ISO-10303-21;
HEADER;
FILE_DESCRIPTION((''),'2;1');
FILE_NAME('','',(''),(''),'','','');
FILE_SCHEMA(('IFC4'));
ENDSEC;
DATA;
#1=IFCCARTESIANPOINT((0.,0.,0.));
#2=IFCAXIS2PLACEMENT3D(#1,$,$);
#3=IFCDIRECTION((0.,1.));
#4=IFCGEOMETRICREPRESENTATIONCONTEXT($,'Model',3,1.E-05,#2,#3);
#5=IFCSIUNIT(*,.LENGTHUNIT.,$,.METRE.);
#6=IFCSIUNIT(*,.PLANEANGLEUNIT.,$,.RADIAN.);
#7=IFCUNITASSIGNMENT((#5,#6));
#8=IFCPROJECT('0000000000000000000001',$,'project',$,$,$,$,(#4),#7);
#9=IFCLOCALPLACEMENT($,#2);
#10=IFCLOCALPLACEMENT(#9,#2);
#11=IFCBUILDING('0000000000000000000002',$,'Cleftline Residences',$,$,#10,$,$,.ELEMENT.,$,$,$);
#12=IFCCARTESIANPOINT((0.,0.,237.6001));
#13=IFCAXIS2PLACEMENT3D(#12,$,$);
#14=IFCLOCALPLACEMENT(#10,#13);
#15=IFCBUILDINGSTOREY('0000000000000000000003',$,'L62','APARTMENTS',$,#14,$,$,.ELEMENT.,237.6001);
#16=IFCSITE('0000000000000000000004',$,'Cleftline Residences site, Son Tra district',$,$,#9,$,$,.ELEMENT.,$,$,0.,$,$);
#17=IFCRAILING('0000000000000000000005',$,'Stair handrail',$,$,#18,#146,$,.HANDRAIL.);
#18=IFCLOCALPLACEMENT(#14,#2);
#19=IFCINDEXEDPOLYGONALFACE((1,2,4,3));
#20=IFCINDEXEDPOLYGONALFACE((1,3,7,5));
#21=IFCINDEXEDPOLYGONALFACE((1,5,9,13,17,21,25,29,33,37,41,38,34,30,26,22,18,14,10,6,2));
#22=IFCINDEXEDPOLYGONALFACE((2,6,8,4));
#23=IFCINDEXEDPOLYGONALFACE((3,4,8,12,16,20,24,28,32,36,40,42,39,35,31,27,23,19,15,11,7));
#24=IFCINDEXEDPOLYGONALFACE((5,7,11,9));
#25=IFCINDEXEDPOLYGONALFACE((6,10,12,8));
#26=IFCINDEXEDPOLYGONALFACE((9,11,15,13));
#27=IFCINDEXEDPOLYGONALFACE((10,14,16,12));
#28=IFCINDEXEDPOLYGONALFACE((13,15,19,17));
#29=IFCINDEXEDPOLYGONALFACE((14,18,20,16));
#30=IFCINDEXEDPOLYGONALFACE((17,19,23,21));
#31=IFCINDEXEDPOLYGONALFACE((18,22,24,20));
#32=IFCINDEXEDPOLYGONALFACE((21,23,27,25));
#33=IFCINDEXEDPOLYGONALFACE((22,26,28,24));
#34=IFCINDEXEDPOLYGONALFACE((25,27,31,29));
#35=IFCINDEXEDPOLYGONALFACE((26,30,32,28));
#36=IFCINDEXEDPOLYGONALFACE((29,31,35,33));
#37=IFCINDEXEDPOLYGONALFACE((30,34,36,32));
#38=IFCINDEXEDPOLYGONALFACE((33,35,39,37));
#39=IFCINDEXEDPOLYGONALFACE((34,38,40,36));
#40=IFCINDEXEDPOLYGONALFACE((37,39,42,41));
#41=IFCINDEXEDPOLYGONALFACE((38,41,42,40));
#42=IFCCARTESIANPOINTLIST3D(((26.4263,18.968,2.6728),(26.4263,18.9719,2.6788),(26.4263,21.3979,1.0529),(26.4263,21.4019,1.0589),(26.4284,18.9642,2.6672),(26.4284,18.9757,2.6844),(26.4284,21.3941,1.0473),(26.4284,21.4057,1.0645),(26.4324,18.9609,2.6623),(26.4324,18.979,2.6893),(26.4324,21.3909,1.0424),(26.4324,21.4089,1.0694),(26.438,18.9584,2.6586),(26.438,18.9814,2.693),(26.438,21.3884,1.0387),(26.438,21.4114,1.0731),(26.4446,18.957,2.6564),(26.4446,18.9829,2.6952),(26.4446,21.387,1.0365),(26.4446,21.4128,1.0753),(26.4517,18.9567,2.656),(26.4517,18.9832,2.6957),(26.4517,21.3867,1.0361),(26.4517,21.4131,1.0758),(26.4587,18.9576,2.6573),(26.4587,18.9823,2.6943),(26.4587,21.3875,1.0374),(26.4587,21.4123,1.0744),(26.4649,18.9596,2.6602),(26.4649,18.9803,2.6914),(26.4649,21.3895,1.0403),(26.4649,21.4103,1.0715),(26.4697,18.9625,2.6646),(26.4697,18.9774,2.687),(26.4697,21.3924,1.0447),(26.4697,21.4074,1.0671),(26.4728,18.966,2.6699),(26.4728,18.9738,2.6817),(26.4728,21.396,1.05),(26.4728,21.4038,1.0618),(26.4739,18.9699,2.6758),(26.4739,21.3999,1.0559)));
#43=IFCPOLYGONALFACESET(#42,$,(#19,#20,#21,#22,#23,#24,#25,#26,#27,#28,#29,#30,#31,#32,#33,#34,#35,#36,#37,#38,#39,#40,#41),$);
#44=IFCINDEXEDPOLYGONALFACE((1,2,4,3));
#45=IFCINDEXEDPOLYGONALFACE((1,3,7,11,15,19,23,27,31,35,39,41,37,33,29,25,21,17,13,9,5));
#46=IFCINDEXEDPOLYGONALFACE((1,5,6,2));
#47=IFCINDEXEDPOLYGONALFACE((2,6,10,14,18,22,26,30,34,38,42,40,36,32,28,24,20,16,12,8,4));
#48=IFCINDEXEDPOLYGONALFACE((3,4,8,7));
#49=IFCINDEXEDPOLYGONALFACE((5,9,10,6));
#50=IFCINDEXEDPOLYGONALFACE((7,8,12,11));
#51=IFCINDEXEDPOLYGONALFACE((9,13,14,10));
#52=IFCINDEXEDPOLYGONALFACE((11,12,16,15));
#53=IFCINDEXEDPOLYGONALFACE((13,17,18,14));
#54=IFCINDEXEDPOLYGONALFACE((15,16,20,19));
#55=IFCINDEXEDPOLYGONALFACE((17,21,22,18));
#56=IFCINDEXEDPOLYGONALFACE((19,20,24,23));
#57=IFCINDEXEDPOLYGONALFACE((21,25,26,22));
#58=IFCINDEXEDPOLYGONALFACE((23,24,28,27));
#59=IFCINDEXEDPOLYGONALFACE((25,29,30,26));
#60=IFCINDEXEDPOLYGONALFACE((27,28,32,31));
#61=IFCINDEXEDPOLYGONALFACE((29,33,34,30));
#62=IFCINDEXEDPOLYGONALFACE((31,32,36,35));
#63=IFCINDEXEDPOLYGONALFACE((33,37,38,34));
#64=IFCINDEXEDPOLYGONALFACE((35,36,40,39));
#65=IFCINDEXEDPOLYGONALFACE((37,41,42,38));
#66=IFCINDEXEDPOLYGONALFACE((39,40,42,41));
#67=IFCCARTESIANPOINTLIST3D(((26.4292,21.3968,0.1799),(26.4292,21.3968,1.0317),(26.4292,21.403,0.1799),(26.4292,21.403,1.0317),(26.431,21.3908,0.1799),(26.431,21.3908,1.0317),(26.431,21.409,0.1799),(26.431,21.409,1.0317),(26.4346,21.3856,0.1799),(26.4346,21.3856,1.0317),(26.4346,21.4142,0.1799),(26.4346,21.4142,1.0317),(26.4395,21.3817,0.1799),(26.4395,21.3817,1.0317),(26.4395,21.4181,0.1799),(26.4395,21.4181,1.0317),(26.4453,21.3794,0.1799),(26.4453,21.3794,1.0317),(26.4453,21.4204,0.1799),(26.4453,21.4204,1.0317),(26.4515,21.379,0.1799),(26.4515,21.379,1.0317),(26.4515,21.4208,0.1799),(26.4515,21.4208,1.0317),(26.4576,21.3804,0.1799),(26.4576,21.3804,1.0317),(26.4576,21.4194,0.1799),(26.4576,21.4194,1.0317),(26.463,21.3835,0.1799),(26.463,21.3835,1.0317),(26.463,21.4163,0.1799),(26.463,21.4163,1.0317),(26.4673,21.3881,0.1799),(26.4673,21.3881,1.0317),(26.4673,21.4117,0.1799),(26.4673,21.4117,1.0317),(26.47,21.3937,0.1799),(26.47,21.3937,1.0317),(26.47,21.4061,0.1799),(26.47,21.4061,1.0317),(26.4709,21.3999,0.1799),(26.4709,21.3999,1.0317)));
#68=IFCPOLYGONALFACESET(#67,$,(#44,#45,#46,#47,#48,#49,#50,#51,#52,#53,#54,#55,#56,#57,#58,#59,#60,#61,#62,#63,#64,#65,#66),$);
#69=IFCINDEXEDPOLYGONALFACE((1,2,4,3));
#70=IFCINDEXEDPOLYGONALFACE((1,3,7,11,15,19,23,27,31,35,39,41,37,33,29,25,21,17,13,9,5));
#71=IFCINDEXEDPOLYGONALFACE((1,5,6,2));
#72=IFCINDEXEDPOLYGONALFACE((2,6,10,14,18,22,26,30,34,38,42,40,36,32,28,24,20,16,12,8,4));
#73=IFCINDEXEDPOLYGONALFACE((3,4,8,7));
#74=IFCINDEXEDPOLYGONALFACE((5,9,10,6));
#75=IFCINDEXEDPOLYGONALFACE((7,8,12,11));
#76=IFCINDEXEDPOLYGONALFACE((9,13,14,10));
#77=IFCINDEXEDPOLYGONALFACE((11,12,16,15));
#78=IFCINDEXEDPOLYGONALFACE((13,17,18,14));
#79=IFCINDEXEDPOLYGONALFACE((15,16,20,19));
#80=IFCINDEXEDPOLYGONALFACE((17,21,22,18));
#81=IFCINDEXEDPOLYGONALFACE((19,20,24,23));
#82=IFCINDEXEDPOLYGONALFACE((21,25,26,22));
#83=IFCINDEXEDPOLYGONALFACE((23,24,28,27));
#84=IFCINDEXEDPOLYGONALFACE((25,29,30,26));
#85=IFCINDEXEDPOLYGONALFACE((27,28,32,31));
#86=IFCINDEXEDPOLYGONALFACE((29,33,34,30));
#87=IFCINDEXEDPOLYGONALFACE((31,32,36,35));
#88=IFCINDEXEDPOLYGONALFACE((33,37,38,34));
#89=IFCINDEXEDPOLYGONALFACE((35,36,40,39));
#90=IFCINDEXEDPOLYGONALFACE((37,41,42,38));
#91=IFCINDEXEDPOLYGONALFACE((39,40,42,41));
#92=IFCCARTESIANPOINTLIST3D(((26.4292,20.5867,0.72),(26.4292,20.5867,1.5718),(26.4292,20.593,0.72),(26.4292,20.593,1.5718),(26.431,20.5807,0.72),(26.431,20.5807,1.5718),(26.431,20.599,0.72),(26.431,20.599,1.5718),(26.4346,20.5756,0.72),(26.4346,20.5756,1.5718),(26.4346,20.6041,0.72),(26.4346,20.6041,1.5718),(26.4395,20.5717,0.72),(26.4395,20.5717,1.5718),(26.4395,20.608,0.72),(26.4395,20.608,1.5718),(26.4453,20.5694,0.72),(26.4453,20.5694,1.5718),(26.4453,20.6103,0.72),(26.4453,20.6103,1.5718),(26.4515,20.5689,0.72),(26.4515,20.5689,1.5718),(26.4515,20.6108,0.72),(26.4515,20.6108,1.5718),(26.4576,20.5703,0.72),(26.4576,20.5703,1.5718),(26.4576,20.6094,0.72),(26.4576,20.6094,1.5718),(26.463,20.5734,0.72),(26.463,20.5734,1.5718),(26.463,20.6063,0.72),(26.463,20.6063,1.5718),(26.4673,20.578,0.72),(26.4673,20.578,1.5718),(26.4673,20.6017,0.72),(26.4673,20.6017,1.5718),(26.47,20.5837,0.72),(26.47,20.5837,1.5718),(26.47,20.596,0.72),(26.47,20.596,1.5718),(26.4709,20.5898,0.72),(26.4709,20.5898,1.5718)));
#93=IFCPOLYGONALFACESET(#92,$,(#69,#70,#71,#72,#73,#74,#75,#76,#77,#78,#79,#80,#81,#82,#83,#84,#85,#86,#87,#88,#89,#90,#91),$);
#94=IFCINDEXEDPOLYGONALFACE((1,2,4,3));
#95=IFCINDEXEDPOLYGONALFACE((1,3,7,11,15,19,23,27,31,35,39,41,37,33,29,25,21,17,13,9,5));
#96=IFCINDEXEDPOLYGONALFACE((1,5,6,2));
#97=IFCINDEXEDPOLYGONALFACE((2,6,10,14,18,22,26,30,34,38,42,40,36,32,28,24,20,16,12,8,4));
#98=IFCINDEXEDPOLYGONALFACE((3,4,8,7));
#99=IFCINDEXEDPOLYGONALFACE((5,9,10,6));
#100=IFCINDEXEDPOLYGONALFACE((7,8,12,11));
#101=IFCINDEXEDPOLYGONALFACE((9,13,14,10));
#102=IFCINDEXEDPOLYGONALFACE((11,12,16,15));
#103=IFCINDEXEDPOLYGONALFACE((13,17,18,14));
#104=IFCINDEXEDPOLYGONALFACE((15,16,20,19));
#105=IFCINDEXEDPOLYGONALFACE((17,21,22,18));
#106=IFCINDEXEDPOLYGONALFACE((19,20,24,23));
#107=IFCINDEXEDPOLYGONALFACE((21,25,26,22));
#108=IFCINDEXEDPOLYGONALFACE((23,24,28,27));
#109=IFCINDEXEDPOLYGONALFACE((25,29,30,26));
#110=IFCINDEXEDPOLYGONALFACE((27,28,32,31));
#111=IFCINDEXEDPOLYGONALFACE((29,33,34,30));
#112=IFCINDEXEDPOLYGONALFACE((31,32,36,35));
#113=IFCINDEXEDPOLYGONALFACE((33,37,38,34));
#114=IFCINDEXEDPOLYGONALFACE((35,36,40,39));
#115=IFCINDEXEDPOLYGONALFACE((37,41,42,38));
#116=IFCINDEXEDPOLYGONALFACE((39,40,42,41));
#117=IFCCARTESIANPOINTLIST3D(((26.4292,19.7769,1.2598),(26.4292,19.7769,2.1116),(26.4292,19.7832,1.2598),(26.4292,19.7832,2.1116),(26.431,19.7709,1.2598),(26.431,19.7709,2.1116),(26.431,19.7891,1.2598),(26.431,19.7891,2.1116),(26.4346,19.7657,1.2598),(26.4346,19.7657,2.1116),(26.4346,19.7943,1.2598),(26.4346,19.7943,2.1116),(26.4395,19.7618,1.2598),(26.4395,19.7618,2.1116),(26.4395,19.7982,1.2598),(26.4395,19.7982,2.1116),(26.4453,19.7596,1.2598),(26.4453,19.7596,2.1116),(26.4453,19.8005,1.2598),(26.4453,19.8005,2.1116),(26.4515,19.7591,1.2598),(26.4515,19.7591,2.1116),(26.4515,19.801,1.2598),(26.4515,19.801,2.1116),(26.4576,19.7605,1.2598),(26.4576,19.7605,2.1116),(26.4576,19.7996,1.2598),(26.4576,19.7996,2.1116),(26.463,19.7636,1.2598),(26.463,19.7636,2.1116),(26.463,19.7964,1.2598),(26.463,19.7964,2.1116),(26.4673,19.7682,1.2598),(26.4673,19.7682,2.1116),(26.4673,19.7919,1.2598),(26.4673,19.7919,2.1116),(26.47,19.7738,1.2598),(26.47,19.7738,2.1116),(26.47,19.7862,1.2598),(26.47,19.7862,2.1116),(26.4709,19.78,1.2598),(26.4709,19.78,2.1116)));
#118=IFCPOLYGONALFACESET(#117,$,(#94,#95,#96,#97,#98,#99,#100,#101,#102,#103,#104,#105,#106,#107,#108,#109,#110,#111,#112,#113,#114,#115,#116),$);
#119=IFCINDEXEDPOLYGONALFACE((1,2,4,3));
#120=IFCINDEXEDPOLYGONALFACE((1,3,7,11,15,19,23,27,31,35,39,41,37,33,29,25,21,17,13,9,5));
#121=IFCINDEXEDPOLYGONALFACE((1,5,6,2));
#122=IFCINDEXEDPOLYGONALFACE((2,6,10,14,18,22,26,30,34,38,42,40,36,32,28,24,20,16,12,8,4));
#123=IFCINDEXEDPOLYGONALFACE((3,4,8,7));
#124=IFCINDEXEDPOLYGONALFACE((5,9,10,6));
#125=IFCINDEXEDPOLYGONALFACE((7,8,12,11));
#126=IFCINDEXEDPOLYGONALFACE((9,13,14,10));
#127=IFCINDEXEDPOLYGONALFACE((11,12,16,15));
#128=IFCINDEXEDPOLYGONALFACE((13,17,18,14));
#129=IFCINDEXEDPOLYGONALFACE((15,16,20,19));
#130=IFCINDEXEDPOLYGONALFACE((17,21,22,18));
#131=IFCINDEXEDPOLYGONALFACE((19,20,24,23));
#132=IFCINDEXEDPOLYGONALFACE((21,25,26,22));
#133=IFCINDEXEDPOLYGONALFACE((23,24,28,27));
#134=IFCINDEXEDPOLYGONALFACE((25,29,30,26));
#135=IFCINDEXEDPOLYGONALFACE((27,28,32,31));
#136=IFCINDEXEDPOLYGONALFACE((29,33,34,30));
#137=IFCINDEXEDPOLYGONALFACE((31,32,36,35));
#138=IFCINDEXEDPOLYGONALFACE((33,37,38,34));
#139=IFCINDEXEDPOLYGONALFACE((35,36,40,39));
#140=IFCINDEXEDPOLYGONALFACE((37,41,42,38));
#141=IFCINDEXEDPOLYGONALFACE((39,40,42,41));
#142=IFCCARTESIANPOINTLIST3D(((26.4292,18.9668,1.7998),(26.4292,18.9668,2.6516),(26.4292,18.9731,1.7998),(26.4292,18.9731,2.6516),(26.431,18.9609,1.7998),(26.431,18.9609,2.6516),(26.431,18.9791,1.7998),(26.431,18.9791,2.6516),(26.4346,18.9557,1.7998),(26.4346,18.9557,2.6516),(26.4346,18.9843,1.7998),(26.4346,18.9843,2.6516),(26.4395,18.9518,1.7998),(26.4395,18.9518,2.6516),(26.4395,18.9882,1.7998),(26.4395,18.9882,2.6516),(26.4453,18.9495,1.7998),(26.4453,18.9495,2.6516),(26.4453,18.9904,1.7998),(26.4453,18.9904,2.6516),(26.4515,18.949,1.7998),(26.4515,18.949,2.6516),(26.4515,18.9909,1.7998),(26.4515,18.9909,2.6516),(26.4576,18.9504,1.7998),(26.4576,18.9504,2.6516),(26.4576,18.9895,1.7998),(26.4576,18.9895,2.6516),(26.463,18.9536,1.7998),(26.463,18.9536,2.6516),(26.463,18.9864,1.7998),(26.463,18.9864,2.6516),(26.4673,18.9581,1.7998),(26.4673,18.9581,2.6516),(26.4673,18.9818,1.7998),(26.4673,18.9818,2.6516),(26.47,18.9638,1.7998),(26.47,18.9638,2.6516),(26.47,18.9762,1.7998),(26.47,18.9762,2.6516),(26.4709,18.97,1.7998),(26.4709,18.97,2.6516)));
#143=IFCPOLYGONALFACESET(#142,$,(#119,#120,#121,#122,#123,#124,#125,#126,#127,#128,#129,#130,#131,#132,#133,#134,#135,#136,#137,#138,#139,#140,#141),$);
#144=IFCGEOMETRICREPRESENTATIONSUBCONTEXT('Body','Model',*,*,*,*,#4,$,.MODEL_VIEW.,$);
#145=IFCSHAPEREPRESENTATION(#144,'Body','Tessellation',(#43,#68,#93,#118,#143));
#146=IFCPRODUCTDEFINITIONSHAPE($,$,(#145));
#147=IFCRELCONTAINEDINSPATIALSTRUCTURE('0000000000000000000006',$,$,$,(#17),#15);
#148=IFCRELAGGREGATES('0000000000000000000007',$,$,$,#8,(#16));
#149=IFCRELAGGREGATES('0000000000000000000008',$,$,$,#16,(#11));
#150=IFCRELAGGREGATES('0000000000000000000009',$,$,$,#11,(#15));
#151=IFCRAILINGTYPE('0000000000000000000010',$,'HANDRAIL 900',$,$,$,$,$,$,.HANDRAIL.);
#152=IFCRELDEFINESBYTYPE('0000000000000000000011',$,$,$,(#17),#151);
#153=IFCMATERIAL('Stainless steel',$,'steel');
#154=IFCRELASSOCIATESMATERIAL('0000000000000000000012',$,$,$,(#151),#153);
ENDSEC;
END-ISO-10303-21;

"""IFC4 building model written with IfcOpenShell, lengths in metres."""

from ifc_helpers import new_model, si_unit, direction, frame, origin, origin_2d, place, context, subcontext, project, spatial, circle, extrude, material, type_object, element, save


model = new_model("IFC4")

# Units and contexts
model_context = context("Model", 3, precision=1e-05, world=origin(), true_north=direction((0.0, 1.0)))
body_context = subcontext(model_context, "Body", "Model", "MODEL_VIEW")
ifc_project = project(units=[si_unit("LENGTHUNIT", "METRE"), si_unit("PLANEANGLEUNIT", "RADIAN")], contexts=[model_context])

# Site, building, storey
site_placement = place(None, origin())
site = spatial("IfcSite", under=ifc_project, at=site_placement, Name="Cleftline Residences site, Son Tra district", CompositionType="ELEMENT", RefElevation=0.0)
building_placement = place(site_placement, origin())
building = spatial("IfcBuilding", under=site, at=building_placement, Name="Cleftline Residences", CompositionType="ELEMENT")
storey_placement = place(building_placement, frame((0.0, 0.0, 237.6001)))
storey = spatial("IfcBuildingStorey", under=building, at=storey_placement, Name="L62", Description="APARTMENTS", CompositionType="ELEMENT", Elevation=237.6001)

# Railing
ifc_material_1 = material(Name="Stainless steel", Category="steel")
railing_type = type_object("IfcRailingType", Name="HANDRAIL 900", PredefinedType="HANDRAIL", material=ifc_material_1)
railing_1_placement = place(storey_placement, frame((26.45, 21.3999, 0.1799)))
element("IfcRailing", 1, at=railing_1_placement, inside=storey, type_object=railing_type, Name="Stair handrail", PredefinedType="HANDRAIL", context=body_context, shape_type="SweptSolid", body=[
    extrude(circle(Radius=0.0239, at=origin_2d()), frame((0.0, 0.0, 0.876), z_axis=(0.0, -0.832063, 0.554681), x_axis=(1.0, 0.0, 0.0)), (0.0, 0.0, 1.0), 2.9204),
    extrude(circle(Radius=0.021, at=origin_2d()), origin(), (0.0, 0.0, 1.0), 0.8518),
    extrude(circle(Radius=0.021, at=origin_2d()), frame((0.0, -0.8101, 0.54)), (0.0, 0.0, 1.0), 0.8518),
    extrude(circle(Radius=0.021, at=origin_2d()), frame((0.0, -1.6199, 1.0798)), (0.0, 0.0, 1.0), 0.8518),
    extrude(circle(Radius=0.021, at=origin_2d()), frame((0.0, -2.4299, 1.6199)), (0.0, 0.0, 1.0), 0.8518),
])

save(model, "model.ifc")
